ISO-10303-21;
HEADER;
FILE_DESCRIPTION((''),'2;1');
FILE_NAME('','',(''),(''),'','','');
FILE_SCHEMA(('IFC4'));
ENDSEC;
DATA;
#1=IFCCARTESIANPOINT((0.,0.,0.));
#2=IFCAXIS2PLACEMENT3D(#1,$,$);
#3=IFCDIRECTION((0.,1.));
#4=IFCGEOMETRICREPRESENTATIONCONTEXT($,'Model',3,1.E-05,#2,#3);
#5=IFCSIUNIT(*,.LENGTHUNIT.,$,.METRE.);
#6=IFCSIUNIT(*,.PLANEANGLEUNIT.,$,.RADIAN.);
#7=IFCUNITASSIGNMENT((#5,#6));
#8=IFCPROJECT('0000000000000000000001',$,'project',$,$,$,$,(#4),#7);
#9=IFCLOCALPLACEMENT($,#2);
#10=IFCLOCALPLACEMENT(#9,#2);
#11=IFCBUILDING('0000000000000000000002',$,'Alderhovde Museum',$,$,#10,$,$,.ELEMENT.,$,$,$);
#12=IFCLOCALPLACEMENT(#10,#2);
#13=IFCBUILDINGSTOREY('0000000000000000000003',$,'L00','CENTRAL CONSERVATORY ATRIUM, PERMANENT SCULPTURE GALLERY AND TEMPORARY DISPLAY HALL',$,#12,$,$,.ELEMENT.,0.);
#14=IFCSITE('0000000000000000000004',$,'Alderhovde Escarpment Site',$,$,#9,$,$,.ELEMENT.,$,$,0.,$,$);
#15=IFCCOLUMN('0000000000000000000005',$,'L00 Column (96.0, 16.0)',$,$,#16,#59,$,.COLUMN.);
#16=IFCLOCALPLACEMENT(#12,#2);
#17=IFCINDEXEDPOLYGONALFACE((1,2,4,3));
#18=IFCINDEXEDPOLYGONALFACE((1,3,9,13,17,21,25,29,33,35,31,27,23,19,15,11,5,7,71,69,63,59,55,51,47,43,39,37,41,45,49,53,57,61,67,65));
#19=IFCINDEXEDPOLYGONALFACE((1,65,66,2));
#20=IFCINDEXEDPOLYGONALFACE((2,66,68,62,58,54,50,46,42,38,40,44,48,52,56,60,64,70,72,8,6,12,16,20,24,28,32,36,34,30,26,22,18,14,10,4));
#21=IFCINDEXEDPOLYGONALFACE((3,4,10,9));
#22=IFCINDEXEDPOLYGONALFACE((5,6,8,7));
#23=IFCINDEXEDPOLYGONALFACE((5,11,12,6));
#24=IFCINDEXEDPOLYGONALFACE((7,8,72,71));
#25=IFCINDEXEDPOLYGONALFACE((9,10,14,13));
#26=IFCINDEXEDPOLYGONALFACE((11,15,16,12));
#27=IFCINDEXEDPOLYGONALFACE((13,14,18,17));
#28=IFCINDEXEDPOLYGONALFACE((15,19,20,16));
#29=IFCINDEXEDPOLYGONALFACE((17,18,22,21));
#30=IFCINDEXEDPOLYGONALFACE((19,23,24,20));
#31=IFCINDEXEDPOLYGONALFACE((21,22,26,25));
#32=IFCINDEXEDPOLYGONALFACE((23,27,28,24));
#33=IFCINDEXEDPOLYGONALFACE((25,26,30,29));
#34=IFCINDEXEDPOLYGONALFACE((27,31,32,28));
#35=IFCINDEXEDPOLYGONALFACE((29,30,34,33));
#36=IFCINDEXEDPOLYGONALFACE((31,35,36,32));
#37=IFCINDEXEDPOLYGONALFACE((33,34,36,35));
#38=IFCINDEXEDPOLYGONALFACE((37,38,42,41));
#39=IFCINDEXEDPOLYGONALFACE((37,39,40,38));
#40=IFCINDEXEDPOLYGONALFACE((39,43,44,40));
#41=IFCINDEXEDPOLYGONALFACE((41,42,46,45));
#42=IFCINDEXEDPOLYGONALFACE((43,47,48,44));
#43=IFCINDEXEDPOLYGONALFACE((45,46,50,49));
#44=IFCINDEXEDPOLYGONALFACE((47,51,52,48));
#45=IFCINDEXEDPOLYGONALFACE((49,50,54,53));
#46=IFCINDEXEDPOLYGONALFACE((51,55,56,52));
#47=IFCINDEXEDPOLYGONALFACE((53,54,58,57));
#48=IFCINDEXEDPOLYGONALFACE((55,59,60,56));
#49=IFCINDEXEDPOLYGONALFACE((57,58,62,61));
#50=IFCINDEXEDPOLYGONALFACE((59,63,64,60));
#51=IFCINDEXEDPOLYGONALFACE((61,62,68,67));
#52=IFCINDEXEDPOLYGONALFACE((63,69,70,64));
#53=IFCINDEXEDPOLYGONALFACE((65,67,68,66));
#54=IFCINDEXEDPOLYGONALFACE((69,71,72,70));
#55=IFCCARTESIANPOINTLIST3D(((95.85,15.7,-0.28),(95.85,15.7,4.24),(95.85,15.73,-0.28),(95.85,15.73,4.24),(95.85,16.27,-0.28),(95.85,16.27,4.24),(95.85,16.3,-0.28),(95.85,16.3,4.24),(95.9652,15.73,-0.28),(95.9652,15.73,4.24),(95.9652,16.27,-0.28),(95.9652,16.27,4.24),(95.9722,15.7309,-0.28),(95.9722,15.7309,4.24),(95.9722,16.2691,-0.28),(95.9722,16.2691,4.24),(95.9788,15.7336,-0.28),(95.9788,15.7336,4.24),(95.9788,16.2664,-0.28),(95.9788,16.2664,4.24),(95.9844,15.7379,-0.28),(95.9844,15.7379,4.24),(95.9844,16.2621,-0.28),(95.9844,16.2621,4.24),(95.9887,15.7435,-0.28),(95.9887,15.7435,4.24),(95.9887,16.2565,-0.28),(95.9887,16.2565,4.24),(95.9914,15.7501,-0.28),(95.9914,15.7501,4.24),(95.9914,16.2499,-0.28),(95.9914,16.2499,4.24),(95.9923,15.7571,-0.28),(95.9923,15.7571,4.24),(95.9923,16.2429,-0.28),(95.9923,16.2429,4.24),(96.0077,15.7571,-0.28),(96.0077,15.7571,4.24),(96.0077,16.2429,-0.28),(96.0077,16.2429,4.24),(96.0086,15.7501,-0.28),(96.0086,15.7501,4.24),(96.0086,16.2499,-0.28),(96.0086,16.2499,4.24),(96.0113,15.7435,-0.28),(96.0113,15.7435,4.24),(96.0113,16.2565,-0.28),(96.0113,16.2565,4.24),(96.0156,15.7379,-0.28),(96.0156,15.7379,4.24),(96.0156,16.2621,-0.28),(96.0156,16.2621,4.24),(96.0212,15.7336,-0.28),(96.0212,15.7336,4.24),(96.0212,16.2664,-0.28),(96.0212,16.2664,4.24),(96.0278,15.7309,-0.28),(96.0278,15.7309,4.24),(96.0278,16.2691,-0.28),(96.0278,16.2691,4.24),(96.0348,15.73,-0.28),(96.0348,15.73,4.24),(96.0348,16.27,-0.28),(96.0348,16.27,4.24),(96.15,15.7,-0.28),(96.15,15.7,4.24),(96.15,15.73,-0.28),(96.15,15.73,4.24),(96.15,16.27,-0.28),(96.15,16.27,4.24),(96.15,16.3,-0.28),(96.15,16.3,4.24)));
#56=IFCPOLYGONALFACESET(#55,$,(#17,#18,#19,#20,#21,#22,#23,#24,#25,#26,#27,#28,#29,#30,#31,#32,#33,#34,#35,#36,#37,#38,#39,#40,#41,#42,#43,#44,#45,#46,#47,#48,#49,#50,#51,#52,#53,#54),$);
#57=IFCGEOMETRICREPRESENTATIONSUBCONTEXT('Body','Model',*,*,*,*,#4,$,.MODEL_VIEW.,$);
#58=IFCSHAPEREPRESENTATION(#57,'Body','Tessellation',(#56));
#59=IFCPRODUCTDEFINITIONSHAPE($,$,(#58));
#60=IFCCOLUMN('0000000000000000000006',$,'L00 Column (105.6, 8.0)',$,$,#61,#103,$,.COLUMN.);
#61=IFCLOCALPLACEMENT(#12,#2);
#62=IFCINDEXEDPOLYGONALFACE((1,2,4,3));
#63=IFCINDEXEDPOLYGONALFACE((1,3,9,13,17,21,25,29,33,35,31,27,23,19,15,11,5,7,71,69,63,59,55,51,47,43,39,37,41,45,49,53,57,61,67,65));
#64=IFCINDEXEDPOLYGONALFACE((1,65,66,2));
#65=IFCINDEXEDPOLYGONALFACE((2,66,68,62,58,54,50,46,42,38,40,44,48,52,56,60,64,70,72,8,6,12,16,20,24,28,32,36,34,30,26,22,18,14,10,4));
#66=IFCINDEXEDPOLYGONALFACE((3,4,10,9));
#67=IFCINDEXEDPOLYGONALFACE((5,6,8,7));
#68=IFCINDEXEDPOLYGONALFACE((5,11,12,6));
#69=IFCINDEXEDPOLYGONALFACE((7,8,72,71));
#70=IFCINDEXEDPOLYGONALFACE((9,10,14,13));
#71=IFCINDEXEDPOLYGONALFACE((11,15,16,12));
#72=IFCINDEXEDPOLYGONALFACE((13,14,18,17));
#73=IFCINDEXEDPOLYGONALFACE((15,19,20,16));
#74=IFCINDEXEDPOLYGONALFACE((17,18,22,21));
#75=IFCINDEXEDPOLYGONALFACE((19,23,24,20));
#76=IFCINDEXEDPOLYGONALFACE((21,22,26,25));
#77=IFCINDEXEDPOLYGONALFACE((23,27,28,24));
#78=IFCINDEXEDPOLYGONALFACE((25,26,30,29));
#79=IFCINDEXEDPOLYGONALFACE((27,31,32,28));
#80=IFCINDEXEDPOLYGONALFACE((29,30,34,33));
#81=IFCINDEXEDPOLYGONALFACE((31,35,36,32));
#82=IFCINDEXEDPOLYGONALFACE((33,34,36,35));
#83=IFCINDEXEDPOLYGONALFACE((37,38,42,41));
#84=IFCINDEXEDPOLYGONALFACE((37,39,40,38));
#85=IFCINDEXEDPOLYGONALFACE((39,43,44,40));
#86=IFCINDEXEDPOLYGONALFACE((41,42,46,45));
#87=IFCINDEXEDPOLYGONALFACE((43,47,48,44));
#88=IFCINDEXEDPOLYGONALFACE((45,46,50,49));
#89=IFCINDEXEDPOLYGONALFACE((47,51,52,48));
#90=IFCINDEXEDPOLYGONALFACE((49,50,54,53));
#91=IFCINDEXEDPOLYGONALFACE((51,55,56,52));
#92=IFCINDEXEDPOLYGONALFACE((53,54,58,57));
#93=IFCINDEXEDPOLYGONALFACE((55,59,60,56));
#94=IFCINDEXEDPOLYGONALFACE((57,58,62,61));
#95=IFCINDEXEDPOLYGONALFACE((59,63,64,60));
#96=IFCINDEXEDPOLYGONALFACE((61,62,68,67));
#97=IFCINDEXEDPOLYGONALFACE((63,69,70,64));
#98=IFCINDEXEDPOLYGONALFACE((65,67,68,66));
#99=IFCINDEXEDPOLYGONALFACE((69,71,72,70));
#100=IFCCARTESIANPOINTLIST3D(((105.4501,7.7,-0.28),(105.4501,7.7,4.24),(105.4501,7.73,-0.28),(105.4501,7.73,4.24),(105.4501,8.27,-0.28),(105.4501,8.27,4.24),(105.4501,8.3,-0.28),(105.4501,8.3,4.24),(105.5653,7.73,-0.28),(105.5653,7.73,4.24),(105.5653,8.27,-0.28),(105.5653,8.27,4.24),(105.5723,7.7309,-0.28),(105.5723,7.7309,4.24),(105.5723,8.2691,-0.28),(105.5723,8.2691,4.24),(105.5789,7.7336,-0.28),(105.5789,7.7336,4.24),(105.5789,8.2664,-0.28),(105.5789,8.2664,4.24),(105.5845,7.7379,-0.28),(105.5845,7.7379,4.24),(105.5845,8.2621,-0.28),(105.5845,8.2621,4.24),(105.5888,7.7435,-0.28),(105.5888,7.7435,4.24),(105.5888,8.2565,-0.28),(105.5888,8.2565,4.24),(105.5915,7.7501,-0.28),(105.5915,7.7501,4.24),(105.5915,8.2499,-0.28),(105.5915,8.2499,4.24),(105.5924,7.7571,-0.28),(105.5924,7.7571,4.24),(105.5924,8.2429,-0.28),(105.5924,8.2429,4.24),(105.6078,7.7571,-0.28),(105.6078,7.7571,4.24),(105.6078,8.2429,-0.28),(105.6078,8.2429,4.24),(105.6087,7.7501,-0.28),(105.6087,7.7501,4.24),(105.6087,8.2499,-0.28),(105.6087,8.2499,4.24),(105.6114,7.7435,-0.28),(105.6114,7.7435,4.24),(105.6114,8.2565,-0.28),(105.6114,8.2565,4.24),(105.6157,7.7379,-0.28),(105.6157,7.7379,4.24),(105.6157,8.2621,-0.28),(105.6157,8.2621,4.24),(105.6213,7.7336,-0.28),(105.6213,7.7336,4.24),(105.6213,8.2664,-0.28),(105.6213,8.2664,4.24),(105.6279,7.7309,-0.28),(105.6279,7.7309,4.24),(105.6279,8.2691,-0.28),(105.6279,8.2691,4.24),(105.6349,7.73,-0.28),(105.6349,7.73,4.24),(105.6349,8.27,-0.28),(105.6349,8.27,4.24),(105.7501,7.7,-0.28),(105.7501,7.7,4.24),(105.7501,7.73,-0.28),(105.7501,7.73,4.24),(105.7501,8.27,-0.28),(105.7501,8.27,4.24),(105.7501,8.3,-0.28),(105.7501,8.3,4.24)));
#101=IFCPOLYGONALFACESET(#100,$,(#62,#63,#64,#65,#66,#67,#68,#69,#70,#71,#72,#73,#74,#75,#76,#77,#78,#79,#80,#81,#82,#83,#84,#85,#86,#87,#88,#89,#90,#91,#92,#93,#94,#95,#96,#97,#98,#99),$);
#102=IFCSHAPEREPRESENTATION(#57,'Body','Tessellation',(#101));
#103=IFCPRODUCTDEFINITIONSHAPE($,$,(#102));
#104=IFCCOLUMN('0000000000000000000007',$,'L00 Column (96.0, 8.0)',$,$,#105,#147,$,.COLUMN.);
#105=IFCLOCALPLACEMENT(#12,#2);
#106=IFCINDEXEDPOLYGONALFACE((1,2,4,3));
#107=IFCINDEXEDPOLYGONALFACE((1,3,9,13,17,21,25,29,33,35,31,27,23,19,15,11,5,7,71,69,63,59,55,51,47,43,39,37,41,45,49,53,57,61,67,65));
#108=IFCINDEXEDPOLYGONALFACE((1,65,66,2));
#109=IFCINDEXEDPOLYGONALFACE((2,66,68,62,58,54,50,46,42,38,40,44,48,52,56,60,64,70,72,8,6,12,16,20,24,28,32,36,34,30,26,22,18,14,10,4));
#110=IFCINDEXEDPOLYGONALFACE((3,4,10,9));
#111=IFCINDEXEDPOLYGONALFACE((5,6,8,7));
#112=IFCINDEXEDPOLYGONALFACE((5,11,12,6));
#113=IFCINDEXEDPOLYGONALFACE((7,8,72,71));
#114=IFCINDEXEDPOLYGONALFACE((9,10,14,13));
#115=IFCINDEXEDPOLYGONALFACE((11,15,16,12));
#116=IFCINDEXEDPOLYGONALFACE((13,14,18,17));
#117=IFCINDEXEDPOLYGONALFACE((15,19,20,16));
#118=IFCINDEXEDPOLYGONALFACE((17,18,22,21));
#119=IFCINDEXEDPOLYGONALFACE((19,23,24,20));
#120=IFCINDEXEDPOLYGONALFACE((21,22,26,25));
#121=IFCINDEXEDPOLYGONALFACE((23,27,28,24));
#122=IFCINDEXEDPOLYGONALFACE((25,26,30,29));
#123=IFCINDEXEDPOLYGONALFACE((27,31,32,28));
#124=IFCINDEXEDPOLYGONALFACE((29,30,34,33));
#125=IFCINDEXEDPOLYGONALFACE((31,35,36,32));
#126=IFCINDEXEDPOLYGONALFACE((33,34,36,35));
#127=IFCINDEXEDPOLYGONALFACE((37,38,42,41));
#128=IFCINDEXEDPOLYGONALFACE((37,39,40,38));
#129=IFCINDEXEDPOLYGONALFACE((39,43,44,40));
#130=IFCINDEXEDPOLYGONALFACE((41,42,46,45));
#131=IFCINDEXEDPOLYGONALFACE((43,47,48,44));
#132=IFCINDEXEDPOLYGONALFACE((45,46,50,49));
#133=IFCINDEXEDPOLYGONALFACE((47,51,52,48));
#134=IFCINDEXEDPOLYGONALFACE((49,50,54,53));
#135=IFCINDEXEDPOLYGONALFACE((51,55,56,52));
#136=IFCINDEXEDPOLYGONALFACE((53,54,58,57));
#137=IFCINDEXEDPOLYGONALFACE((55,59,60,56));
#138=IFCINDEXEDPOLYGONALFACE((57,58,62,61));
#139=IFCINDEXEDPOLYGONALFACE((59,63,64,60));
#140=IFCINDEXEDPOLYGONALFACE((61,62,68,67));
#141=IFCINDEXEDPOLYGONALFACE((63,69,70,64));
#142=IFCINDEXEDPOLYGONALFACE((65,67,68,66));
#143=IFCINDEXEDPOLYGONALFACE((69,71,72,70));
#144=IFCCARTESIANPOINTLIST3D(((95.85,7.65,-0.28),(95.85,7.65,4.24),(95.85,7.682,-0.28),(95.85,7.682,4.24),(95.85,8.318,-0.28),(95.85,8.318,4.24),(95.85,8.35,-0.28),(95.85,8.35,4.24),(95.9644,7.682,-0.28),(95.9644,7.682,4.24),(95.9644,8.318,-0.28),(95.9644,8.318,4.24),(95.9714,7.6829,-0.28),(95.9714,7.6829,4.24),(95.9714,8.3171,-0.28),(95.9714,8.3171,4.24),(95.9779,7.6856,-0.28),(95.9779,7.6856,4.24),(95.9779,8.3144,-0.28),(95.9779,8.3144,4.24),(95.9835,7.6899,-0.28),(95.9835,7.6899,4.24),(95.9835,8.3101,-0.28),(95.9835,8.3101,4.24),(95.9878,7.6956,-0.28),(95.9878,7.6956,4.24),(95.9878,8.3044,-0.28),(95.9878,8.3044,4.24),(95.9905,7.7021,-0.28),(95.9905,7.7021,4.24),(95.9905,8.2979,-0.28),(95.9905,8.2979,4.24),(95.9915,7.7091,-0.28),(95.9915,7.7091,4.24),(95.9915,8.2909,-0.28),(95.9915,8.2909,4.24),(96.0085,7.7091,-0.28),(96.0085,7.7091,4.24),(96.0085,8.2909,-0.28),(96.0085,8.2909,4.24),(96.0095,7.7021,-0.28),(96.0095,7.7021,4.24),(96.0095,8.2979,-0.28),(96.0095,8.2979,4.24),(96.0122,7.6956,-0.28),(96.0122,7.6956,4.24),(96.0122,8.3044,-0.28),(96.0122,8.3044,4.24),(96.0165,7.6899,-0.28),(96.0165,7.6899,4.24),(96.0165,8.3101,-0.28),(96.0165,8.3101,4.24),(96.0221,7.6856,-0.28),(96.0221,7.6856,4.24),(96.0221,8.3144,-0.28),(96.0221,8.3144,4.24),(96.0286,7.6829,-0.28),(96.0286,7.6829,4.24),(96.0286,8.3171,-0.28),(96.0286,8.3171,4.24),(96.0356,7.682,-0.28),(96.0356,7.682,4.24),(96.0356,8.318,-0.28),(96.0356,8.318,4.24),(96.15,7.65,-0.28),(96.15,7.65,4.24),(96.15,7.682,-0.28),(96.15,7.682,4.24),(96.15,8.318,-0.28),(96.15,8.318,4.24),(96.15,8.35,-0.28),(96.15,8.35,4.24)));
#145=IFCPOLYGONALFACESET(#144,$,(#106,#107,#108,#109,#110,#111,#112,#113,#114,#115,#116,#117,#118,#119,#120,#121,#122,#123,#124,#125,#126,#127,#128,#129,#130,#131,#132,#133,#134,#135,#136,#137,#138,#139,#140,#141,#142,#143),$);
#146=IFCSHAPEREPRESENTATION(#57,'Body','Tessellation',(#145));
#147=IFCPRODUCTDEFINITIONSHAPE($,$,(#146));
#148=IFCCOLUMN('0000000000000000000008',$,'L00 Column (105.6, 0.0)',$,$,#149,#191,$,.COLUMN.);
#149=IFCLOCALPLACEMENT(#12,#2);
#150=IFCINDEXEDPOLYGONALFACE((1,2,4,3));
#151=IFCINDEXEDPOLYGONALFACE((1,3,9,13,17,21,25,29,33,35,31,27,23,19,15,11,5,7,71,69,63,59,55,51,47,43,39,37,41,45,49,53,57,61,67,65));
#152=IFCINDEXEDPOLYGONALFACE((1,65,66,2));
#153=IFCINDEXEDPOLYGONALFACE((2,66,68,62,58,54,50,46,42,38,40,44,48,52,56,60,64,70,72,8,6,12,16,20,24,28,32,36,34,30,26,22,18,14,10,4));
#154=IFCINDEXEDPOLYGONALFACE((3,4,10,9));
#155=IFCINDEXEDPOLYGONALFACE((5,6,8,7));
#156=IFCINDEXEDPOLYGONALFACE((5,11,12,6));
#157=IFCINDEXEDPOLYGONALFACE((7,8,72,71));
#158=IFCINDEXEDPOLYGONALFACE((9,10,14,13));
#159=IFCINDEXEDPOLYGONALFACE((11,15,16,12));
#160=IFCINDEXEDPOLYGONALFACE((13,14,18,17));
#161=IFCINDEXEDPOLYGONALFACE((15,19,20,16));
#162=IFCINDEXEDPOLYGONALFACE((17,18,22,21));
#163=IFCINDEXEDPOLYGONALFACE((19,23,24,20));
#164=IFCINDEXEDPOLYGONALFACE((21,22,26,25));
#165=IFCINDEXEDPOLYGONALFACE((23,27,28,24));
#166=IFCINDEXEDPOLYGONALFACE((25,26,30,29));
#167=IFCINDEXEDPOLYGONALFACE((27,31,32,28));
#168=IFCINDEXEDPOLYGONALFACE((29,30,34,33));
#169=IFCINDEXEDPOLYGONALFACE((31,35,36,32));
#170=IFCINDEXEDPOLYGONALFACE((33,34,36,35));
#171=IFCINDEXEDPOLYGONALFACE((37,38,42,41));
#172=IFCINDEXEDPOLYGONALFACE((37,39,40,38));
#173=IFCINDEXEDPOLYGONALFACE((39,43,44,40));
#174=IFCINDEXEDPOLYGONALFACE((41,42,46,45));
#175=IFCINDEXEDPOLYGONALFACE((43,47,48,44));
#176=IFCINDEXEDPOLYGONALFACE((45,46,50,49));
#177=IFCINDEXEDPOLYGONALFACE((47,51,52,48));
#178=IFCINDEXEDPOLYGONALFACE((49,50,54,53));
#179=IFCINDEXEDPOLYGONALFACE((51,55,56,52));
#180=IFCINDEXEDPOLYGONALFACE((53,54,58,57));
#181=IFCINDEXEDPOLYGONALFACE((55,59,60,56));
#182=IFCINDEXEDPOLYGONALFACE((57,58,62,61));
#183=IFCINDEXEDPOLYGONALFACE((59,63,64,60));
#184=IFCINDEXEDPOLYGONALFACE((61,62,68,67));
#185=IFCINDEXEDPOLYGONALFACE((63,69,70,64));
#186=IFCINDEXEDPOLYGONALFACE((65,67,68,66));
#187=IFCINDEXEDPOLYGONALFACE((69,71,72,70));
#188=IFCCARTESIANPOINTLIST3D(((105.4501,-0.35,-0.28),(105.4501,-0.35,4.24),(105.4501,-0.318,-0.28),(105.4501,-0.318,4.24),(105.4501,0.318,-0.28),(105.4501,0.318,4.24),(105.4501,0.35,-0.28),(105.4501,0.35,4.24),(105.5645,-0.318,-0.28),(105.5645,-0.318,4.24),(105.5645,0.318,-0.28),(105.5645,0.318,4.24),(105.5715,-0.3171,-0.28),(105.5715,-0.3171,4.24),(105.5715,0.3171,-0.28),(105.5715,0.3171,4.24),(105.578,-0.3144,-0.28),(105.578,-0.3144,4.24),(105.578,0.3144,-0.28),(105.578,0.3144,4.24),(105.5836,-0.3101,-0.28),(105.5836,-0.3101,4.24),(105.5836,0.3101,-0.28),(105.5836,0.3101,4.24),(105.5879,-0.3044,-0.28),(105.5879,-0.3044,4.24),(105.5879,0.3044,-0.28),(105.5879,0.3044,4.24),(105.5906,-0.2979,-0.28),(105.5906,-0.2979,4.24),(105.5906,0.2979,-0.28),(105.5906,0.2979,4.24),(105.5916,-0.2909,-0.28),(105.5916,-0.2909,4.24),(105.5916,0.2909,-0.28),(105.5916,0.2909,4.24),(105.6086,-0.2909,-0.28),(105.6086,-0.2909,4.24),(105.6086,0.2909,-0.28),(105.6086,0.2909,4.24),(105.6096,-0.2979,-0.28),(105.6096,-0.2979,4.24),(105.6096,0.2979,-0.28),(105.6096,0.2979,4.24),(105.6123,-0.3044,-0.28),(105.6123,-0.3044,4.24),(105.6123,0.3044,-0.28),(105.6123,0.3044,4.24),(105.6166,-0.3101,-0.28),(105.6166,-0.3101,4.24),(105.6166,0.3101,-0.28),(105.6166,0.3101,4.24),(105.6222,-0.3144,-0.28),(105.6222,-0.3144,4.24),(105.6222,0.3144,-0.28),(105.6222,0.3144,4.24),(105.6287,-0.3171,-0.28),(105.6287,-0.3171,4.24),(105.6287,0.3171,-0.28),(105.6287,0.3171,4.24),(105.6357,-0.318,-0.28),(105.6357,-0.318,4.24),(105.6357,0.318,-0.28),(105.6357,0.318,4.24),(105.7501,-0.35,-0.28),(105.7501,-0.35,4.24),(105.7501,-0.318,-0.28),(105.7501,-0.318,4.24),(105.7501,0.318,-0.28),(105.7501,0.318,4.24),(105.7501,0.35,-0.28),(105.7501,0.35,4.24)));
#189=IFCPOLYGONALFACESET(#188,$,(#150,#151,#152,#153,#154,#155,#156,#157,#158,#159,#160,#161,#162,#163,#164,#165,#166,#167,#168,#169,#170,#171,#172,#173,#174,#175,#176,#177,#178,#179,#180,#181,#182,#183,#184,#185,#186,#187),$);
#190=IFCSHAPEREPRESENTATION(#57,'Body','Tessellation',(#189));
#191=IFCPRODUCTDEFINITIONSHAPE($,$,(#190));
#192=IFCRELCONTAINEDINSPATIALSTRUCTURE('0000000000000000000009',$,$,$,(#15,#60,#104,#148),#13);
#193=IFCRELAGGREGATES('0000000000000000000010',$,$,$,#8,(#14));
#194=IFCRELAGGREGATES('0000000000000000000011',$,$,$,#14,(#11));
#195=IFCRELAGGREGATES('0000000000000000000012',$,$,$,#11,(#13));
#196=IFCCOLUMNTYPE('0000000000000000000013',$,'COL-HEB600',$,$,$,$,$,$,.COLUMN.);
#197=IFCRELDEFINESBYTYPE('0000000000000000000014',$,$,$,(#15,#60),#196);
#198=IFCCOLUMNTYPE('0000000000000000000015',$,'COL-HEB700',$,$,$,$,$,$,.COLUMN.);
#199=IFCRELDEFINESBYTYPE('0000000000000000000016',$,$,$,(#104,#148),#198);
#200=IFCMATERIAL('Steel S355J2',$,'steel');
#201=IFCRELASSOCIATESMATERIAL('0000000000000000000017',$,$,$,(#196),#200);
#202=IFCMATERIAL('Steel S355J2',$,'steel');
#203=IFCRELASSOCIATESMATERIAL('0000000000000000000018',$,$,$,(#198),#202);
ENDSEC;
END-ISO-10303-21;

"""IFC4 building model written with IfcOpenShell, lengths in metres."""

from ifc_helpers import new_model, si_unit, direction, frame, origin, origin_2d, place, context, subcontext, project, spatial, i_section, extrude, material, material_profile, profile_set, type_object, element, save


model = new_model("IFC4")

# Units and contexts
model_context = context("Model", 3, precision=1e-05, world=origin(), true_north=direction((0.0, 1.0)))
body_context = subcontext(model_context, "Body", "Model", "MODEL_VIEW")
ifc_project = project(units=[si_unit("LENGTHUNIT", "METRE"), si_unit("PLANEANGLEUNIT", "RADIAN")], contexts=[model_context])

# Site, building, storey
site_placement = place(None, origin())
site = spatial("IfcSite", under=ifc_project, at=site_placement, Name="Alderhovde Escarpment Site", CompositionType="ELEMENT", RefElevation=0.0)
building_placement = place(site_placement, origin())
building = spatial("IfcBuilding", under=site, at=building_placement, Name="Alderhovde Museum", CompositionType="ELEMENT")
storey_placement = place(building_placement, origin())
storey = spatial("IfcBuildingStorey", under=building, at=storey_placement, Name="L00", Description="CENTRAL CONSERVATORY ATRIUM, PERMANENT SCULPTURE GALLERY AND TEMPORARY DISPLAY HALL", CompositionType="ELEMENT", Elevation=0.0)

# Columns
ifc_material_1 = material(Name="Steel S355J2", Category="steel")
ifc_material_profile_1 = material_profile(ifc_material_1, i_section(OverallWidth=0.3, OverallDepth=0.6001, WebThickness=0.0154, FlangeThickness=0.03, FilletRadius=0.0271, at=origin_2d()), Name="HEB 600")
ifc_profile_set_1 = profile_set([ifc_material_profile_1], Name="Steel S355J2")
column_type_1 = type_object("IfcColumnType", Name="COL-HEB600", PredefinedType="COLUMN", material=ifc_profile_set_1)
for number, where, z_axis, x_axis, name in (
    (1, (96.0, 16.0, -0.28), (0.0, 0.0, 1.0), (1.0, 0.0, 0.0), "L00 Column (96.0, 16.0)"),
    (2, (105.6001, 8.0, -0.28), (0.0, 0.0, 1.0), (1.0, 0.0, 0.0), "L00 Column (105.6, 8.0)"),
):
    element("IfcColumn", number, at=place(storey_placement, frame(where, z_axis=z_axis, x_axis=x_axis)), inside=storey, type_object=column_type_1, Name=name, PredefinedType="COLUMN", context=body_context, shape_type="SweptSolid", body=[
        extrude(i_section(OverallWidth=0.3, OverallDepth=0.6001, WebThickness=0.0154, FlangeThickness=0.03, FilletRadius=0.0271, at=origin_2d()), origin(), (0.0, 0.0, 1.0), 4.52),
    ])
ifc_material_2 = material(Name="Steel S355J2", Category="steel")
ifc_material_profile_2 = material_profile(ifc_material_2, i_section(OverallWidth=0.3, OverallDepth=0.7, WebThickness=0.0171, FlangeThickness=0.032, FilletRadius=0.0271, at=origin_2d()), Name="HEB 700")
ifc_profile_set_2 = profile_set([ifc_material_profile_2], Name="Steel S355J2")
column_type_2 = type_object("IfcColumnType", Name="COL-HEB700", PredefinedType="COLUMN", material=ifc_profile_set_2)
for number, where, z_axis, x_axis, name in (
    (3, (96.0, 8.0, -0.28), (0.0, 0.0, 1.0), (1.0, 0.0, 0.0), "L00 Column (96.0, 8.0)"),
    (4, (105.6001, 0.0, -0.28), (0.0, 0.0, 1.0), (1.0, 0.0, 0.0), "L00 Column (105.6, 0.0)"),
):
    element("IfcColumn", number, at=place(storey_placement, frame(where, z_axis=z_axis, x_axis=x_axis)), inside=storey, type_object=column_type_2, Name=name, PredefinedType="COLUMN", context=body_context, shape_type="SweptSolid", body=[
        extrude(i_section(OverallWidth=0.3, OverallDepth=0.7, WebThickness=0.0171, FlangeThickness=0.032, FilletRadius=0.0271, at=origin_2d()), origin(), (0.0, 0.0, 1.0), 4.52),
    ])

save(model, "model.ifc")
